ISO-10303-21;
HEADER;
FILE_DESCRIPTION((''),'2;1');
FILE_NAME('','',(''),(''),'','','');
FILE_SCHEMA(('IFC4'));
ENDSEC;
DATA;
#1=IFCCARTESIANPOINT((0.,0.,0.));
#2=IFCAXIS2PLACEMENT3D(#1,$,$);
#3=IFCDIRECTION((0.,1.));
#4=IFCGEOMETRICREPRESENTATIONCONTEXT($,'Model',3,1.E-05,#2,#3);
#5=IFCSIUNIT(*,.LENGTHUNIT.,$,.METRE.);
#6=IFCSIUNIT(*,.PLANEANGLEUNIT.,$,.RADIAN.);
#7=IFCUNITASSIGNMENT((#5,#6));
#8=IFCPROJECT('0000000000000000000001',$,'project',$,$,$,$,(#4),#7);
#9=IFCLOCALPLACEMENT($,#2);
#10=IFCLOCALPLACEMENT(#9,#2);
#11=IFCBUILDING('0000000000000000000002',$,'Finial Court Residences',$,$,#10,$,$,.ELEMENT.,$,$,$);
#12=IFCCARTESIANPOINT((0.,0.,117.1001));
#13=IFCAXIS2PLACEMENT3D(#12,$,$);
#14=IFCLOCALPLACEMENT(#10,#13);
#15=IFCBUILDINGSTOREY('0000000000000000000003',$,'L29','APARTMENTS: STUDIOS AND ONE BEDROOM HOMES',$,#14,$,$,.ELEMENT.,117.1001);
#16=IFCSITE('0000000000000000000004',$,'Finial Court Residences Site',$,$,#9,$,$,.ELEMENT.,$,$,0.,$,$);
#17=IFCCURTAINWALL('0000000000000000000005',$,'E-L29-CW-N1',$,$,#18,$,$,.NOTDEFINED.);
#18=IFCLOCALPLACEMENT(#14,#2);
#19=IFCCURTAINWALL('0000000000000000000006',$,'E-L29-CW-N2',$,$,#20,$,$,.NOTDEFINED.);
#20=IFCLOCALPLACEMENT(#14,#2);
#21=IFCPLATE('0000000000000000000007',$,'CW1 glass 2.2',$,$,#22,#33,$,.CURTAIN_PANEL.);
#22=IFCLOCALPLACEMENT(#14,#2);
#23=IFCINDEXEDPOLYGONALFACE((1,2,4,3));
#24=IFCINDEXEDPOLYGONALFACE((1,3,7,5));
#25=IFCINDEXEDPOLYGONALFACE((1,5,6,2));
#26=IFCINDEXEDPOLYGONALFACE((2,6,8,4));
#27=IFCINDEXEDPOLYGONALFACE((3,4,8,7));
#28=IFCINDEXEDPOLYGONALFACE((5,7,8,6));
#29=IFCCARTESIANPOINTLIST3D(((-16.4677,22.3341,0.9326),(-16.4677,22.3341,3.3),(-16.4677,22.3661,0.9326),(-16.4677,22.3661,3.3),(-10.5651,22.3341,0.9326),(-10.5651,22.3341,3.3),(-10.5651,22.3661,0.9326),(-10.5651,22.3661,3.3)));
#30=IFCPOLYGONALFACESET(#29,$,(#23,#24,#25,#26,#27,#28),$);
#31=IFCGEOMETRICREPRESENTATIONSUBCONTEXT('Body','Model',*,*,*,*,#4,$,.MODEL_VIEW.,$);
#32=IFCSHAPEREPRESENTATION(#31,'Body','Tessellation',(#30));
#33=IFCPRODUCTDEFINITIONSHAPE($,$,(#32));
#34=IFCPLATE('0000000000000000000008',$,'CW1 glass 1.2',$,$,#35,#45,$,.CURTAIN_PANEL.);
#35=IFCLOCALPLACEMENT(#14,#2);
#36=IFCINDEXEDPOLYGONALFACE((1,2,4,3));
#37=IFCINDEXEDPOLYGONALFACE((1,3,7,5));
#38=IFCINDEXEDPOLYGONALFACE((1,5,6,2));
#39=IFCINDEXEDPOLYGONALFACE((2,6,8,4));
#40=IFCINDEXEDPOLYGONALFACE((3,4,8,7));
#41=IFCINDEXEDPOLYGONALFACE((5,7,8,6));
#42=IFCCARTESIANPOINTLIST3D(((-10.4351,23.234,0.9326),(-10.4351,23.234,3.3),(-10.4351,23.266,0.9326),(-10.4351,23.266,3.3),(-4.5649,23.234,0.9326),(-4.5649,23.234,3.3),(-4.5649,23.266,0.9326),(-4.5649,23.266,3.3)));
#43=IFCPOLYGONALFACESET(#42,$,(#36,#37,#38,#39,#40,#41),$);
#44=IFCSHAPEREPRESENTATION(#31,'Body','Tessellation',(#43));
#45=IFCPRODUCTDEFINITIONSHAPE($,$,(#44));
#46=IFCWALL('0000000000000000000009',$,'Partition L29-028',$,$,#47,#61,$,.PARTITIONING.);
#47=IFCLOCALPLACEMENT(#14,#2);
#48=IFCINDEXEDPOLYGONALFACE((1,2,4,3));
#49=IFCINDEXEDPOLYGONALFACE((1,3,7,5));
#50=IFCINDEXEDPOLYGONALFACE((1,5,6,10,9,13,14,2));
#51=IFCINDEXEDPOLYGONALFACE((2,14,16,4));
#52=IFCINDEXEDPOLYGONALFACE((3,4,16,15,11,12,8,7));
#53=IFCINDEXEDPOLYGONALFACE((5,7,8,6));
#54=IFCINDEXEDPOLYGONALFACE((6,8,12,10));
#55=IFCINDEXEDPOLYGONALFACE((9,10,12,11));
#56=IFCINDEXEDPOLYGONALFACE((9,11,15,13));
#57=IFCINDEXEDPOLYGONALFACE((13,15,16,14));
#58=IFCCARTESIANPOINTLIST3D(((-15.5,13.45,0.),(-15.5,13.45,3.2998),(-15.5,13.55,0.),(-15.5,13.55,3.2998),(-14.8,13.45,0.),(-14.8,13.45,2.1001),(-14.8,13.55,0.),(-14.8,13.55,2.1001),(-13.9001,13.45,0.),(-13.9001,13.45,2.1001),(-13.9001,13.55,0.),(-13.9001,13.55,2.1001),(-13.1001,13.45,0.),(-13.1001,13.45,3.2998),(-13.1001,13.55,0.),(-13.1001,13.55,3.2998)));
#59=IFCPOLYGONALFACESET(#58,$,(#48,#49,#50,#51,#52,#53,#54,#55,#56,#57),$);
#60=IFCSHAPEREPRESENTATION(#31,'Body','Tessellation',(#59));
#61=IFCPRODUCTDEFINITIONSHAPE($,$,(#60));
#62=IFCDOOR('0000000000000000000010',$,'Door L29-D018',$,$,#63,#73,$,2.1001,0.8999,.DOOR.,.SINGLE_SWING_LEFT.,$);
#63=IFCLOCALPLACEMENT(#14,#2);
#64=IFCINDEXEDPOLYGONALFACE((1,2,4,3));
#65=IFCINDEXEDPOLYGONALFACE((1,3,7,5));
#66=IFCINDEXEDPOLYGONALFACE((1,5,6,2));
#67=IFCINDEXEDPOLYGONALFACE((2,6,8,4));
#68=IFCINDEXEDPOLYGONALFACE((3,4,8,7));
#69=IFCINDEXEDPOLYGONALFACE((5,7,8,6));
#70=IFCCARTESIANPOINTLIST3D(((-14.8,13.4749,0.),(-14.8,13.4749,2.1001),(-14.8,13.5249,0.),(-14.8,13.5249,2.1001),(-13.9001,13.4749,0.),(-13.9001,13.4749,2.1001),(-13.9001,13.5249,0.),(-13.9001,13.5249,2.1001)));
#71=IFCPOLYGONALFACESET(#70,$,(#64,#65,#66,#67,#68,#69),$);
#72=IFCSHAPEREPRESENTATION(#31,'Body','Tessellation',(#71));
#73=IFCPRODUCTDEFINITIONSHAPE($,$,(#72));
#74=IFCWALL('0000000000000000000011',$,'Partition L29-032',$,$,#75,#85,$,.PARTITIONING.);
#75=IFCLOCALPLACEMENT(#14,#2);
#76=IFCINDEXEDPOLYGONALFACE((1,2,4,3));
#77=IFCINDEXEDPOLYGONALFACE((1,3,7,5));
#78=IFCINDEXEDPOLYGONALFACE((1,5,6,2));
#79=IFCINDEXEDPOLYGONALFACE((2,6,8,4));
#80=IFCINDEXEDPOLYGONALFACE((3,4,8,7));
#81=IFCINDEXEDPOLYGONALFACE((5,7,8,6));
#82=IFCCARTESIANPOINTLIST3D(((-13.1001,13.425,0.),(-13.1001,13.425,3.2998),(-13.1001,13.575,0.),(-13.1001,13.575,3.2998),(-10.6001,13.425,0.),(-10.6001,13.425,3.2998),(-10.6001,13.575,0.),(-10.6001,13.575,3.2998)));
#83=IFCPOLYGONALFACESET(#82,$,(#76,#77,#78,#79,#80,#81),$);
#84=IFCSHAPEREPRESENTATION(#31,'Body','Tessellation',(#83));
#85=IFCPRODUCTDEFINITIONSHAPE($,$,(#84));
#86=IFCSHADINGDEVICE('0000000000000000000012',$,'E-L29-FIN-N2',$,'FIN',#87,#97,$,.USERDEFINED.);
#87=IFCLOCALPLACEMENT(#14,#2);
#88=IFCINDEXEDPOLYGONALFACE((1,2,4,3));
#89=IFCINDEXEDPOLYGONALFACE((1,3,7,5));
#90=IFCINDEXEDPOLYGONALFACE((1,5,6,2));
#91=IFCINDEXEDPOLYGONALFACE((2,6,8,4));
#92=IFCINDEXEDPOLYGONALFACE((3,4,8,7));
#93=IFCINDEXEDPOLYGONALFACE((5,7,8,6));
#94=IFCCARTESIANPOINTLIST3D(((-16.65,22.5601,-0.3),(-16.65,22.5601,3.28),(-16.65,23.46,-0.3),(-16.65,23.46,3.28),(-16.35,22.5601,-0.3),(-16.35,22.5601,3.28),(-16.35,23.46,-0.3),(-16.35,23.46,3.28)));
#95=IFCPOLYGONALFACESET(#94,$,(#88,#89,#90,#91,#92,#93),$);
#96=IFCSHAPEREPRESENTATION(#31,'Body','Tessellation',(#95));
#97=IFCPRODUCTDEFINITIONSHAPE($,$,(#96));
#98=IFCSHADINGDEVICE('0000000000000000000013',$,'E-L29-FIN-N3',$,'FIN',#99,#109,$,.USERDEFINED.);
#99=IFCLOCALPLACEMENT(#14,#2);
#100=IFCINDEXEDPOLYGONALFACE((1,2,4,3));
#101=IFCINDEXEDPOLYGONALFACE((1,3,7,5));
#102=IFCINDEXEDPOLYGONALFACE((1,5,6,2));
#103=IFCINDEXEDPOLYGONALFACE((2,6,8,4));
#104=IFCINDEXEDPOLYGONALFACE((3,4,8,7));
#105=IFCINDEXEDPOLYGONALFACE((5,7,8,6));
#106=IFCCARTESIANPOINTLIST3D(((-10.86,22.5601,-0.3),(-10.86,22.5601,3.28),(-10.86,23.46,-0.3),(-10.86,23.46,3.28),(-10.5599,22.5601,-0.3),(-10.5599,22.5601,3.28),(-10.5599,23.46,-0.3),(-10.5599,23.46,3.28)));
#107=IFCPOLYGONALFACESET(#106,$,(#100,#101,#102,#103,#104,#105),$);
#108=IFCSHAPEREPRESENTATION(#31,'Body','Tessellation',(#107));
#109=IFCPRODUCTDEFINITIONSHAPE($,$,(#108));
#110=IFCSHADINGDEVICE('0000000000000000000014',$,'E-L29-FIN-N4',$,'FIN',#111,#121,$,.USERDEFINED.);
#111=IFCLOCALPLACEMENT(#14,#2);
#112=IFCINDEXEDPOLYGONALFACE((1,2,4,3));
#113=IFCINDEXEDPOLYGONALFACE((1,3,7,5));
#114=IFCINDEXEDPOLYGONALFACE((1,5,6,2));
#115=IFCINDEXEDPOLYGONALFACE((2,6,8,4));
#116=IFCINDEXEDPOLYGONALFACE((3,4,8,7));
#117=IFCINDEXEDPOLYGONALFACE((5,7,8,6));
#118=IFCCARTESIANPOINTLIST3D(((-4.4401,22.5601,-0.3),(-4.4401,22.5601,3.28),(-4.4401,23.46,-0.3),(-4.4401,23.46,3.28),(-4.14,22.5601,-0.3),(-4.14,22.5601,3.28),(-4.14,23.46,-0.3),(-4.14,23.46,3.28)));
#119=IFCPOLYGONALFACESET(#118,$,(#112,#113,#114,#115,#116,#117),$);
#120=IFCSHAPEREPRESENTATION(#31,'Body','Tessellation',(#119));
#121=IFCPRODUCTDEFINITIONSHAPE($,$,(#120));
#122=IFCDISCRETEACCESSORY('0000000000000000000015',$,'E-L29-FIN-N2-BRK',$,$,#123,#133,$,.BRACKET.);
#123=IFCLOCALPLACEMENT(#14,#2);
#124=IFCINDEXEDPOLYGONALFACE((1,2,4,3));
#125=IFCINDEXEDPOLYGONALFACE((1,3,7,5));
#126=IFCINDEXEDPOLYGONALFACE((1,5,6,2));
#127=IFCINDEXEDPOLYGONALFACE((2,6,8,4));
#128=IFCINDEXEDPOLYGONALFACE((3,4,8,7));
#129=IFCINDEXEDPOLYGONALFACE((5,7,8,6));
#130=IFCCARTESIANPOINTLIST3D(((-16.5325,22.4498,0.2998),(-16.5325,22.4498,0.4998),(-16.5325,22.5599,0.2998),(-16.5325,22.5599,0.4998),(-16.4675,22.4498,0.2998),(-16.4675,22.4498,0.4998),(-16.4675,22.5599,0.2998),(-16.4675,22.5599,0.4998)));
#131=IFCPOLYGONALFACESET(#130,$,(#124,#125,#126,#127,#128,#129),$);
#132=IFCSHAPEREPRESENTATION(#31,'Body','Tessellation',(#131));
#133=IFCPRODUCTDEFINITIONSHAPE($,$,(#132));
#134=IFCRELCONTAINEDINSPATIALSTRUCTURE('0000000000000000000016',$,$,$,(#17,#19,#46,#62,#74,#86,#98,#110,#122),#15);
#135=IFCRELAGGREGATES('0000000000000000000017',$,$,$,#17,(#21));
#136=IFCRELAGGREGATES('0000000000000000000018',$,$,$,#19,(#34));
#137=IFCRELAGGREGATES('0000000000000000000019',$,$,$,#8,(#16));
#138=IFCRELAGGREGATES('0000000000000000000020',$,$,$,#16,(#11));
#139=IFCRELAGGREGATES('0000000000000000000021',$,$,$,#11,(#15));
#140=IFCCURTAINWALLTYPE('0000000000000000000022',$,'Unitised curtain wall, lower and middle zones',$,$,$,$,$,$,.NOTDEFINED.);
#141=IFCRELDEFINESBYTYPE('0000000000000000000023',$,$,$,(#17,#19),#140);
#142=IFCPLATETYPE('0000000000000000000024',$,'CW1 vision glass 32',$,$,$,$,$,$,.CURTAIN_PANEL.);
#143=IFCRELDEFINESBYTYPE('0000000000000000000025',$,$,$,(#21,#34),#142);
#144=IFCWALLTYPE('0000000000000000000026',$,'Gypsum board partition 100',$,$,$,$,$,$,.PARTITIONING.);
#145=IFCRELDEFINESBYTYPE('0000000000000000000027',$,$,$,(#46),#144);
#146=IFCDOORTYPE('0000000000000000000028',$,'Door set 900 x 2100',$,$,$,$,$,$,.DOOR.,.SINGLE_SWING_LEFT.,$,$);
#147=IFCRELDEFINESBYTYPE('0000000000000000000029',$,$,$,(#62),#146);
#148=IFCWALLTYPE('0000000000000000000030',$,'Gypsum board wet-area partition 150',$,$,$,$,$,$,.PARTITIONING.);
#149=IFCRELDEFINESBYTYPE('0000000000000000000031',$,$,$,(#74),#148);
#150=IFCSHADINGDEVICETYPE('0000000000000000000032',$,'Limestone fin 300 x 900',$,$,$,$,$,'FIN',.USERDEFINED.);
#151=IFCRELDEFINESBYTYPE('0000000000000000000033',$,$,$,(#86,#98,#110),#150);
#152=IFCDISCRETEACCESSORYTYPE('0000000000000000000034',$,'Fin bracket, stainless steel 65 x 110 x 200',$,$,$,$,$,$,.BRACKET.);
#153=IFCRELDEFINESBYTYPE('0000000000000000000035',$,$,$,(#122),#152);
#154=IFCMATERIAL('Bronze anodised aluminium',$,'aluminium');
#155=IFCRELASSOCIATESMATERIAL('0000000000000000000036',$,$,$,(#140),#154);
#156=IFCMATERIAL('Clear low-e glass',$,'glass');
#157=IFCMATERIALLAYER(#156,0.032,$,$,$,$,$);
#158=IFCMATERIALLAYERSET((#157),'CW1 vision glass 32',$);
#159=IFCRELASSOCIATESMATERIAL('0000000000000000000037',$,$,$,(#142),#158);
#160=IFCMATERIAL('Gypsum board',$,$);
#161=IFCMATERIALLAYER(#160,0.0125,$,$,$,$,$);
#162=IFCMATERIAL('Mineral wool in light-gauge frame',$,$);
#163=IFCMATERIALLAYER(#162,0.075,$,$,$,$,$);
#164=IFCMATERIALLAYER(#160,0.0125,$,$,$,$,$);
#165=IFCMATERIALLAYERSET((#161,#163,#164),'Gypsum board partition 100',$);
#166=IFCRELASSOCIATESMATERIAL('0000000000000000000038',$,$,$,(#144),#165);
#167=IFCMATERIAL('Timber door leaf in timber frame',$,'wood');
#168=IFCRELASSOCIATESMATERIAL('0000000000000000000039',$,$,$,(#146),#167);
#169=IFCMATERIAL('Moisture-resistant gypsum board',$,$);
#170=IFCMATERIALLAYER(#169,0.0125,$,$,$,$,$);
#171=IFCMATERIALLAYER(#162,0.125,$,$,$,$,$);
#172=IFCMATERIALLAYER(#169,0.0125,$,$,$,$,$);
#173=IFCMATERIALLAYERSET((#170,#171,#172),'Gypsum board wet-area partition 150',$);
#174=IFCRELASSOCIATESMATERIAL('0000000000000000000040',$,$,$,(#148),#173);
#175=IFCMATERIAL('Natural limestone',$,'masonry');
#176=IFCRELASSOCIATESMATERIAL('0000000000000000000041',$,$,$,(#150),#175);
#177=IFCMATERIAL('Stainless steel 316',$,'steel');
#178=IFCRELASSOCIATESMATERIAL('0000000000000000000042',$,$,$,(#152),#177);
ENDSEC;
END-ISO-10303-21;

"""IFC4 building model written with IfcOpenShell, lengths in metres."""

from ifc_helpers import new_model, si_unit, direction, frame, frame_2d, origin, origin_2d, place, context, subcontext, project, spatial, rectangle, extrude, material, layer, layer_set, type_object, element, fill, aggregate, save


model = new_model("IFC4")

# Units and contexts
model_context = context("Model", 3, precision=1e-05, world=origin(), true_north=direction((0.0, 1.0)))
body_context = subcontext(model_context, "Body", "Model", "MODEL_VIEW")
ifc_project = project(units=[si_unit("LENGTHUNIT", "METRE"), si_unit("PLANEANGLEUNIT", "RADIAN")], contexts=[model_context])

# Site, building, storey
site_placement = place(None, origin())
site = spatial("IfcSite", under=ifc_project, at=site_placement, Name="Finial Court Residences Site", CompositionType="ELEMENT", RefElevation=0.0)
building_placement = place(site_placement, origin())
building = spatial("IfcBuilding", under=site, at=building_placement, Name="Finial Court Residences", CompositionType="ELEMENT")
storey_placement = place(building_placement, frame((0.0, 0.0, 117.1001)))
storey = spatial("IfcBuildingStorey", under=building, at=storey_placement, Name="L29", Description="APARTMENTS: STUDIOS AND ONE BEDROOM HOMES", CompositionType="ELEMENT", Elevation=117.1001)

# Curtain walls
ifc_material_1 = material(Name="Bronze anodised aluminium", Category="aluminium")
curtain_wall_type = type_object("IfcCurtainWallType", Name="Unitised curtain wall, lower and middle zones", PredefinedType="NOTDEFINED", material=ifc_material_1)
curtain_wall_1_placement = place(storey_placement, origin())
curtain_wall_1 = element("IfcCurtainWall", 1, at=curtain_wall_1_placement, inside=storey, type_object=curtain_wall_type, Name="E-L29-CW-N1", PredefinedType="NOTDEFINED")
curtain_wall_2_placement = place(storey_placement, origin())
curtain_wall_2 = element("IfcCurtainWall", 2, at=curtain_wall_2_placement, inside=storey, type_object=curtain_wall_type, Name="E-L29-CW-N2", PredefinedType="NOTDEFINED")

# Plates
ifc_material_2 = material(Name="Clear low-e glass", Category="glass")
ifc_layer_1 = layer(ifc_material_2, 0.032)
ifc_layer_set_1 = layer_set([ifc_layer_1], Name="CW1 vision glass 32")
plate_type_1 = type_object("IfcPlateType", Name="CW1 vision glass 32", PredefinedType="CURTAIN_PANEL", material=ifc_layer_set_1)
plate_1_placement = place(storey_placement, frame((-13.5164, 22.3501, 0.9326), z_axis=(0.0, 0.0, 1.0), x_axis=(1.0, 0.0, 0.0)))
plate_1 = element("IfcPlate", 3, at=plate_1_placement, type_object=plate_type_1, Name="CW1 glass 2.2", PredefinedType="CURTAIN_PANEL", context=body_context, shape_type="SweptSolid", body=[
    extrude(rectangle(XDim=5.9026, YDim=0.032, at=origin_2d()), origin(), (0.0, 0.0, 1.0), 2.3674),
])
aggregate(curtain_wall_1, [plate_1])
plate_2_placement = place(storey_placement, frame((-7.5, 23.25, 0.9326), z_axis=(0.0, 0.0, 1.0), x_axis=(1.0, 0.0, 0.0)))
plate_2 = element("IfcPlate", 4, at=plate_2_placement, type_object=plate_type_1, Name="CW1 glass 1.2", PredefinedType="CURTAIN_PANEL", context=body_context, shape_type="SweptSolid", body=[
    extrude(rectangle(XDim=5.8701, YDim=0.032, at=origin_2d()), origin(), (0.0, 0.0, 1.0), 2.3674),
])
aggregate(curtain_wall_2, [plate_2])

# Wall, opening, door
ifc_material_3 = material(Name="Gypsum board")
ifc_layer_2 = layer(ifc_material_3, 0.0125)
ifc_material_4 = material(Name="Mineral wool in light-gauge frame")
ifc_layer_3 = layer(ifc_material_4, 0.075)
ifc_layer_4 = layer(ifc_material_3, 0.0125)
ifc_layer_set_2 = layer_set([ifc_layer_2, ifc_layer_3, ifc_layer_4], Name="Gypsum board partition 100")
wall_type_1 = type_object("IfcWallType", Name="Gypsum board partition 100", PredefinedType="PARTITIONING", material=ifc_layer_set_2)
wall_1_placement = place(storey_placement, frame((-15.5, 13.5, 0.0), z_axis=(0.0, 0.0, 1.0), x_axis=(1.0, 0.0, 0.0)))
wall_1 = element("IfcWall", 5, at=wall_1_placement, inside=storey, type_object=wall_type_1, Name="Partition L29-028", PredefinedType="PARTITIONING", context=body_context, shape_type="SweptSolid", body=[
    extrude(rectangle(XDim=2.3999, YDim=0.1001, at=frame_2d((1.2, 0.0))), origin(), (0.0, 0.0, 1.0), 3.2998),
])
opening_placement = place(wall_1_placement, frame((0.7, 0.0, 0.0)))
opening = element("IfcOpeningElement", 6, at=opening_placement, cuts=wall_1, PredefinedType="OPENING", context=body_context, shape_type="SweptSolid", body=[
    extrude(rectangle(XDim=0.8999, YDim=2.1001, at=frame_2d((0.45, 1.05))), frame((0.0, 0.0601, 0.0), z_axis=(0.0, -1.0, 0.0), x_axis=(1.0, 0.0, 0.0)), (0.0, 0.0, 1.0), 0.1201),
])
ifc_material_5 = material(Name="Timber door leaf in timber frame", Category="wood")
door_type = type_object("IfcDoorType", Name="Door set 900 x 2100", OperationType="SINGLE_SWING_LEFT", PredefinedType="DOOR", material=ifc_material_5)
door_placement = place(opening_placement, origin())
door = element("IfcDoor", 7, at=door_placement, inside=storey, type_object=door_type, Name="Door L29-D018", OperationType="SINGLE_SWING_LEFT", OverallHeight=2.1001, OverallWidth=0.8999, PredefinedType="DOOR", context=body_context, shape_type="SweptSolid", body=[
    extrude(rectangle(XDim=0.8999, YDim=2.1001, at=frame_2d((0.45, 1.05))), frame((0.0, 0.0249, 0.0), z_axis=(0.0, -1.0, 0.0), x_axis=(1.0, 0.0, 0.0)), (0.0, 0.0, 1.0), 0.05),
])
fill(opening, door)

# Wall
ifc_material_6 = material(Name="Moisture-resistant gypsum board")
ifc_layer_5 = layer(ifc_material_6, 0.0125)
ifc_layer_6 = layer(ifc_material_4, 0.125)
ifc_layer_7 = layer(ifc_material_6, 0.0125)
ifc_layer_set_3 = layer_set([ifc_layer_5, ifc_layer_6, ifc_layer_7], Name="Gypsum board wet-area partition 150")
wall_type_2 = type_object("IfcWallType", Name="Gypsum board wet-area partition 150", PredefinedType="PARTITIONING", material=ifc_layer_set_3)
wall_2_placement = place(storey_placement, frame((-13.1001, 13.5, 0.0), z_axis=(0.0, 0.0, 1.0), x_axis=(1.0, 0.0, 0.0)))
element("IfcWall", 8, at=wall_2_placement, inside=storey, type_object=wall_type_2, Name="Partition L29-032", PredefinedType="PARTITIONING", context=body_context, shape_type="SweptSolid", body=[
    extrude(rectangle(XDim=2.5, YDim=0.1499, at=frame_2d((1.25, 0.0))), origin(), (0.0, 0.0, 1.0), 3.2998),
])

# Shading devices
ifc_material_7 = material(Name="Natural limestone", Category="masonry")
shading_device_type = type_object("IfcShadingDeviceType", Name="Limestone fin 300 x 900", ElementType="FIN", PredefinedType="USERDEFINED", material=ifc_material_7)
for number, where, z_axis, x_axis, name in (
    (9, (-16.5, 23.01, -0.3), (0.0, 0.0, 1.0), (1.0, 0.0, 0.0), "E-L29-FIN-N2"),
    (10, (-10.71, 23.01, -0.3), (0.0, 0.0, 1.0), (1.0, 0.0, 0.0), "E-L29-FIN-N3"),
    (11, (-4.29, 23.01, -0.3), (0.0, 0.0, 1.0), (1.0, 0.0, 0.0), "E-L29-FIN-N4"),
):
    element("IfcShadingDevice", number, at=place(storey_placement, frame(where, z_axis=z_axis, x_axis=x_axis)), inside=storey, type_object=shading_device_type, Name=name, ObjectType="FIN", PredefinedType="USERDEFINED", context=body_context, shape_type="SweptSolid", body=[
        extrude(rectangle(XDim=0.3, YDim=0.8999, at=origin_2d()), origin(), (0.0, 0.0, 1.0), 3.5801),
    ])

# Discrete accessory
ifc_material_8 = material(Name="Stainless steel 316", Category="steel")
discrete_accessory_type = type_object("IfcDiscreteAccessoryType", Name="Fin bracket, stainless steel 65 x 110 x 200", PredefinedType="BRACKET", material=ifc_material_8)
discrete_accessory_placement = place(storey_placement, frame((-16.5, 22.5049, 0.2998), z_axis=(0.0, 0.0, 1.0), x_axis=(1.0, 0.0, 0.0)))
element("IfcDiscreteAccessory", 12, at=discrete_accessory_placement, inside=storey, type_object=discrete_accessory_type, Name="E-L29-FIN-N2-BRK", PredefinedType="BRACKET", context=body_context, shape_type="SweptSolid", body=[
    extrude(rectangle(XDim=0.0649, YDim=0.1101, at=origin_2d()), origin(), (0.0, 0.0, 1.0), 0.2),
])

save(model, "model.ifc")
